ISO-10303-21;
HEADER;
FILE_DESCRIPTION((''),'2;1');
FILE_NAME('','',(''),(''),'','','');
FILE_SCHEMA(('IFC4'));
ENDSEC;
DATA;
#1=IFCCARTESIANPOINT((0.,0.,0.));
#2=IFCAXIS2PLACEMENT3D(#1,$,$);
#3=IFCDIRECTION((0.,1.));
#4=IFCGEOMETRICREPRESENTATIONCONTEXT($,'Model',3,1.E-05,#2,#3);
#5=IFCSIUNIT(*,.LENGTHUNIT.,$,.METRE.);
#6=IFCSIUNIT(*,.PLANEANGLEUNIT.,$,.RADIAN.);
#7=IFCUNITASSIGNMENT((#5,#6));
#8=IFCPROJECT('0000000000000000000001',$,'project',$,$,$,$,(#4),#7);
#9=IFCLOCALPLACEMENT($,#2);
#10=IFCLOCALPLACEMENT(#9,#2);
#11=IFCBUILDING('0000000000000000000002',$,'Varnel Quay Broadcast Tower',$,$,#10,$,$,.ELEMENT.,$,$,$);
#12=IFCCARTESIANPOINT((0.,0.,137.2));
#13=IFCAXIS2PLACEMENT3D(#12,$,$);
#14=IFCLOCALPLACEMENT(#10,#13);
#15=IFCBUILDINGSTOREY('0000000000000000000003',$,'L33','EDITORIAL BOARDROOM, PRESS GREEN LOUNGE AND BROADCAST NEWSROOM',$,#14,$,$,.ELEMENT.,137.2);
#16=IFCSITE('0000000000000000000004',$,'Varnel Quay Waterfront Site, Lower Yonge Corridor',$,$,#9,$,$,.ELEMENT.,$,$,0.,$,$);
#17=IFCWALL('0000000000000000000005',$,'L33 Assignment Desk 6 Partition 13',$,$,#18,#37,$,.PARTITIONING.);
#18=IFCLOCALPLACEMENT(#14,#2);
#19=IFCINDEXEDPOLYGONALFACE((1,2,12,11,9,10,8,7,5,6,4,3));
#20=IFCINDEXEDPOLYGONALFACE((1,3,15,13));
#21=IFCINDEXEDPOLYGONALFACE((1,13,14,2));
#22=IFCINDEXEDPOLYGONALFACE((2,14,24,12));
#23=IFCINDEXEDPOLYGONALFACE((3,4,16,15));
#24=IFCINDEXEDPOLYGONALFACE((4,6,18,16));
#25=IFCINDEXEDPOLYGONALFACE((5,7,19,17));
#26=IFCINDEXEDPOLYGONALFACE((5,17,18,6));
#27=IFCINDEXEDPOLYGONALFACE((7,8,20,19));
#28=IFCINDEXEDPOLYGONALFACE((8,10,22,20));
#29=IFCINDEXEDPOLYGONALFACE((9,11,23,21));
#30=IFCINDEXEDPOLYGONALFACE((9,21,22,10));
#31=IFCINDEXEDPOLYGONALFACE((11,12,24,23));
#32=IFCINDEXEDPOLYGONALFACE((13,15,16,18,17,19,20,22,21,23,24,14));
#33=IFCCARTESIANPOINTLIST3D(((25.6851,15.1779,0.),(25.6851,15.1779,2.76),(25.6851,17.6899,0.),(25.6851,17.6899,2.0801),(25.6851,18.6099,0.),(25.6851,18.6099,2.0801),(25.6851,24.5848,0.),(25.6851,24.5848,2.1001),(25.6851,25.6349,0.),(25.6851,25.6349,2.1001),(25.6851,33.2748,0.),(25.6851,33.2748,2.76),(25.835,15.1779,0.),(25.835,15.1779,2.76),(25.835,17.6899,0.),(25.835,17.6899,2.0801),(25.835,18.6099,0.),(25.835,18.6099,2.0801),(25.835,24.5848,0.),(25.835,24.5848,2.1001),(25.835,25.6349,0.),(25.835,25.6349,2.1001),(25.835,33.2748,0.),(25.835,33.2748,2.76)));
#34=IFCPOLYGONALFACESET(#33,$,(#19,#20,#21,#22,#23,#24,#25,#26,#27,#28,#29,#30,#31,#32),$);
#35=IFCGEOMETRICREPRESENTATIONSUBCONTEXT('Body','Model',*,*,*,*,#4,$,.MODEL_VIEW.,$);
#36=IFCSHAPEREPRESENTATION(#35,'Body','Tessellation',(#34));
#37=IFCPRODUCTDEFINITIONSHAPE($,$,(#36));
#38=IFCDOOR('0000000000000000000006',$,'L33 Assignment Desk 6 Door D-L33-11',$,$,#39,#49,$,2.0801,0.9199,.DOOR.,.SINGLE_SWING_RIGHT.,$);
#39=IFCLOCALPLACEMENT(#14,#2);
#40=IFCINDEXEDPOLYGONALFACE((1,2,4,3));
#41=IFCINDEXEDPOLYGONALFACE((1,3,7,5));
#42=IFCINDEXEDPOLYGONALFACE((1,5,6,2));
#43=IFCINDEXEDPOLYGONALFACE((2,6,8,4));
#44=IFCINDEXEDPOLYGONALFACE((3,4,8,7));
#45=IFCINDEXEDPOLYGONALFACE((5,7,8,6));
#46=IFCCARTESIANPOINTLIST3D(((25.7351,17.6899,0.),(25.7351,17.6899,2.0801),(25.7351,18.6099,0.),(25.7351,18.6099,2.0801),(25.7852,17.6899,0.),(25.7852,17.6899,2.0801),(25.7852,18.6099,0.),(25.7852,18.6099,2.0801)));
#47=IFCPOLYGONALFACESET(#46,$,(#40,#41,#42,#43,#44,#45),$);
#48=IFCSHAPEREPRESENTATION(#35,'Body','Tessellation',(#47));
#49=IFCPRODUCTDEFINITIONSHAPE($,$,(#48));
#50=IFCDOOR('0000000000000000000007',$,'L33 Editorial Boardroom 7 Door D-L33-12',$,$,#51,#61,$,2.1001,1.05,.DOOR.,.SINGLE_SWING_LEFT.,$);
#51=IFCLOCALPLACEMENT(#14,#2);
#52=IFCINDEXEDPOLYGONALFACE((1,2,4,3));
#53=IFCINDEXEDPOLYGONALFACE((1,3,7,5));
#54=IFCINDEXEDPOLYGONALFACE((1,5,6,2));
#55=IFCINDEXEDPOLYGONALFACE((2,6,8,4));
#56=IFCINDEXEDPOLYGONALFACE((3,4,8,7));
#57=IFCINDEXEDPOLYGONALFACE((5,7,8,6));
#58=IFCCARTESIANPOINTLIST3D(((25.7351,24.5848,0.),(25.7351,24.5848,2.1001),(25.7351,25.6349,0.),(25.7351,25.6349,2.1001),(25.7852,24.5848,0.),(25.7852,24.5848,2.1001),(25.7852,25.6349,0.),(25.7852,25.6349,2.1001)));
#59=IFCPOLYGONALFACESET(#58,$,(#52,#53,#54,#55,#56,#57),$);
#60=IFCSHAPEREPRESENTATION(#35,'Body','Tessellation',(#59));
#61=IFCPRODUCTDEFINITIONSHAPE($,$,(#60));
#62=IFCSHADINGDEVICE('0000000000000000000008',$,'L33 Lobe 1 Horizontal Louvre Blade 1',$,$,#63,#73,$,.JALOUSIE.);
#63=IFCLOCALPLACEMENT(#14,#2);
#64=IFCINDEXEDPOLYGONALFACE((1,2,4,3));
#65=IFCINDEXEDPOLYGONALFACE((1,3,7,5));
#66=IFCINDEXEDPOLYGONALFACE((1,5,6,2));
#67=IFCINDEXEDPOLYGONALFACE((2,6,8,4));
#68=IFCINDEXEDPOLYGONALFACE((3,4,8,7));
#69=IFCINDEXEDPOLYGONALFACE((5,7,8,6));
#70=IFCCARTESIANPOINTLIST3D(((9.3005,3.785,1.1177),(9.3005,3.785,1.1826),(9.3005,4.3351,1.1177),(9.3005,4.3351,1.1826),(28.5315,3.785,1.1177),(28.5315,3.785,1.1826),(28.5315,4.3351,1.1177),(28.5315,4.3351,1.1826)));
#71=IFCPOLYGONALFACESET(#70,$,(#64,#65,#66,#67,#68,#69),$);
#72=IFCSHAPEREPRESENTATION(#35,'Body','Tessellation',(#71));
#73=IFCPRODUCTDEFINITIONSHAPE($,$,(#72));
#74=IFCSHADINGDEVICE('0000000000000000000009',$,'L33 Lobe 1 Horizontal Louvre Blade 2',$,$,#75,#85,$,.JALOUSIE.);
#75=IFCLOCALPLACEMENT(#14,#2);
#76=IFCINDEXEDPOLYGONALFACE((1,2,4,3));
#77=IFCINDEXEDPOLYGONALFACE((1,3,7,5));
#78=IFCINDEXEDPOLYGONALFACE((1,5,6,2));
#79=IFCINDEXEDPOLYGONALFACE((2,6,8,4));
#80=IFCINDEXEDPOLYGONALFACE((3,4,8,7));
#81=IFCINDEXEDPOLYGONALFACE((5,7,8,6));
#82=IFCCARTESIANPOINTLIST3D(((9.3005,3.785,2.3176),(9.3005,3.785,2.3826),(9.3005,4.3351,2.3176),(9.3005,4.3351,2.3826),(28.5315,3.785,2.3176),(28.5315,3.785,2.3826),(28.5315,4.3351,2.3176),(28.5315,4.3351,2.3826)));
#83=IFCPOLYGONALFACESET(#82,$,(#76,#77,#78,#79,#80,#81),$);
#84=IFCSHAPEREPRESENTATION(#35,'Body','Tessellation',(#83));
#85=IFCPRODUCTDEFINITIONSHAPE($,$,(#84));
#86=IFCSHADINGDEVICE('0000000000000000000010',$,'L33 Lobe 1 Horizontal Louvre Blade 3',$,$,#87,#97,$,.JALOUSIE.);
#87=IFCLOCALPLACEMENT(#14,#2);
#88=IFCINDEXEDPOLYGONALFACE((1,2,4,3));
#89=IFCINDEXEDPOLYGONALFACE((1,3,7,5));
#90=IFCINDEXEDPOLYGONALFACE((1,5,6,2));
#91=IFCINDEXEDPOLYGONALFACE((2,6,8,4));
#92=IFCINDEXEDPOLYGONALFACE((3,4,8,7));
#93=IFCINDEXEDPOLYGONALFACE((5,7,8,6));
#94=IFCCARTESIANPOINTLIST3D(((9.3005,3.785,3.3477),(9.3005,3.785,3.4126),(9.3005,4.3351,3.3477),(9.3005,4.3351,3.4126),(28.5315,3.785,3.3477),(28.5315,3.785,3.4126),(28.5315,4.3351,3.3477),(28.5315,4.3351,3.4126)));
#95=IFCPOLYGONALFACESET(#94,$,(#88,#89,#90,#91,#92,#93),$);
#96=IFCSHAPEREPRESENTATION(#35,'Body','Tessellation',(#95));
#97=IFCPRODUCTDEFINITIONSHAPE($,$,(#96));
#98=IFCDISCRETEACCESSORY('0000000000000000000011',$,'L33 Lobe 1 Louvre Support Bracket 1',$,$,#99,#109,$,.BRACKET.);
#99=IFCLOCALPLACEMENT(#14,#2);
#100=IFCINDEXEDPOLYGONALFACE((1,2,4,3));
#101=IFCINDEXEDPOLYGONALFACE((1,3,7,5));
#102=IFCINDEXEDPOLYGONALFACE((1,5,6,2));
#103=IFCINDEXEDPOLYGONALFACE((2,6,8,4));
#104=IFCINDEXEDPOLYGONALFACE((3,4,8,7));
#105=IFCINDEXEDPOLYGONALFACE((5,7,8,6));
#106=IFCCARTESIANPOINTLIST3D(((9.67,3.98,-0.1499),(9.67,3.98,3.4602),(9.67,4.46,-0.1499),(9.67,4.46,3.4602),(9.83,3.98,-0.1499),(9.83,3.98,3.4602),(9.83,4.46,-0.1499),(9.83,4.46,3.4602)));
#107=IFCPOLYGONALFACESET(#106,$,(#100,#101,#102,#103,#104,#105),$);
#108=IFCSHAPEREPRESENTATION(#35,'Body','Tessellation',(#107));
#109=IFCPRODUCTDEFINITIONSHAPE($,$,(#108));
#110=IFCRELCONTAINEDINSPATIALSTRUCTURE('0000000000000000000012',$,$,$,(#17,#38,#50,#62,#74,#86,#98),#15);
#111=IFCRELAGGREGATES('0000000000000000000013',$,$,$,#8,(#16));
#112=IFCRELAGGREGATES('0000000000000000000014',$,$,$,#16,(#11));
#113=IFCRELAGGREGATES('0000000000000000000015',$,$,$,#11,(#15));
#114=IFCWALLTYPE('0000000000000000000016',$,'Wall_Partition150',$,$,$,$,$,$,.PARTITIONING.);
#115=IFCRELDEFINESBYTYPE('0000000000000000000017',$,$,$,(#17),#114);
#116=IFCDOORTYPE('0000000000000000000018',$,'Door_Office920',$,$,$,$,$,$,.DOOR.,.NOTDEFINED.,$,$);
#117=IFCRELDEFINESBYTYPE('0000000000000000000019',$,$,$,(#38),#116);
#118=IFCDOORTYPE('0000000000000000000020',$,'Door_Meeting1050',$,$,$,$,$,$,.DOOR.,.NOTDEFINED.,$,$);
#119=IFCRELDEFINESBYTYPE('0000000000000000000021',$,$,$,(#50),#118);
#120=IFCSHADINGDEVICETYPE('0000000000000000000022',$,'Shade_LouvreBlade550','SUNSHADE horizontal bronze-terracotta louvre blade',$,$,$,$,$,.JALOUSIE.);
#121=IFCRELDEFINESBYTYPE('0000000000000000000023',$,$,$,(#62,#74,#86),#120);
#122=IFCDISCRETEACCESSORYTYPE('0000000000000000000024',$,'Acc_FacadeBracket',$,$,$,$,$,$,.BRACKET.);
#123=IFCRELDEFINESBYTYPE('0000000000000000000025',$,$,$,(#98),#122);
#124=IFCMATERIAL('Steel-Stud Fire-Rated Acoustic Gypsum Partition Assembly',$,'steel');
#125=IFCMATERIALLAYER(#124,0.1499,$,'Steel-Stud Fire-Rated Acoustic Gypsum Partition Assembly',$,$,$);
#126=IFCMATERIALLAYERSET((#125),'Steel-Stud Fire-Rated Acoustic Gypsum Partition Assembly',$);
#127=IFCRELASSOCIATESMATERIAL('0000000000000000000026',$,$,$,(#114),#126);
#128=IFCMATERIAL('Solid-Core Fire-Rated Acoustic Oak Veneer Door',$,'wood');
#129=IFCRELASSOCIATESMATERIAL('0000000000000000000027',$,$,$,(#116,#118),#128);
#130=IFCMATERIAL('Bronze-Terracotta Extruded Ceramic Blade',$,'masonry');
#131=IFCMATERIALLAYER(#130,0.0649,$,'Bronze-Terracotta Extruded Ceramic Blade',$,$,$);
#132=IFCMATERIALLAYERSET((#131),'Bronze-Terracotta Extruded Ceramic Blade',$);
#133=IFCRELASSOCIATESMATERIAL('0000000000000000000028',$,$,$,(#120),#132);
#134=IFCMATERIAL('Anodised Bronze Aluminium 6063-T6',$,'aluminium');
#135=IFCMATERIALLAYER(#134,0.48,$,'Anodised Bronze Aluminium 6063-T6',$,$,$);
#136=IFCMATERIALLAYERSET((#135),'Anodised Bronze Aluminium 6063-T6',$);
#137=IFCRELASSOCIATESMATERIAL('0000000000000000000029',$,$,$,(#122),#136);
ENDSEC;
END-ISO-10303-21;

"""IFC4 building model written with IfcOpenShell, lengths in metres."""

from ifc_helpers import new_model, si_unit, direction, frame, frame_2d, origin, origin_2d, place, context, subcontext, project, spatial, rectangle, extrude, source, transform, mapped, material, layer, layer_set, type_object, type_shapes, element, fill, save


model = new_model("IFC4")

# Units and contexts
model_context = context("Model", 3, precision=1e-05, world=origin(), true_north=direction((0.0, 1.0)))
body_context = subcontext(model_context, "Body", "Model", "MODEL_VIEW")
ifc_project = project(units=[si_unit("LENGTHUNIT", "METRE"), si_unit("PLANEANGLEUNIT", "RADIAN")], contexts=[model_context])

# Site, building, storey
site_placement = place(None, origin())
site = spatial("IfcSite", under=ifc_project, at=site_placement, Name="Varnel Quay Waterfront Site, Lower Yonge Corridor", CompositionType="ELEMENT", RefElevation=0.0)
building_placement = place(site_placement, origin())
building = spatial("IfcBuilding", under=site, at=building_placement, Name="Varnel Quay Broadcast Tower", CompositionType="ELEMENT")
storey_placement = place(building_placement, frame((0.0, 0.0, 137.2)))
storey = spatial("IfcBuildingStorey", under=building, at=storey_placement, Name="L33", Description="EDITORIAL BOARDROOM, PRESS GREEN LOUNGE AND BROADCAST NEWSROOM", CompositionType="ELEMENT", Elevation=137.2)

# Shared definitions
ifc_material_1 = material(Name="Anodised Bronze Aluminium 6063-T6", Category="aluminium")

# Wall, openings, doors
ifc_material_2 = material(Name="Steel-Stud Fire-Rated Acoustic Gypsum Partition Assembly", Category="steel")
ifc_layer_1 = layer(ifc_material_2, 0.1499, Name="Steel-Stud Fire-Rated Acoustic Gypsum Partition Assembly")
ifc_layer_set_1 = layer_set([ifc_layer_1], Name="Steel-Stud Fire-Rated Acoustic Gypsum Partition Assembly")
wall_type_1 = type_object("IfcWallType", Name="Wall_Partition150", PredefinedType="PARTITIONING", material=ifc_layer_set_1)
wall_1_placement = place(storey_placement, frame((25.76, 15.178, 0.0), z_axis=(0.0, 0.0, 1.0), x_axis=(0.0, 1.0, 0.0)))
wall_1 = element("IfcWall", 1, at=wall_1_placement, inside=storey, type_object=wall_type_1, Name="L33 Assignment Desk 6 Partition 13", PredefinedType="PARTITIONING", context=body_context, shape_type="SweptSolid", body=[
    extrude(rectangle(XDim=18.0969, YDim=0.1499, at=frame_2d((9.0483, 0.0))), origin(), (0.0, 0.0, 1.0), 2.76),
])
opening_1_placement = place(wall_1_placement, frame((2.512, 0.0, 0.0)))
opening_1 = element("IfcOpeningElement", 2, at=opening_1_placement, cuts=wall_1, PredefinedType="OPENING", context=body_context, shape_type="SweptSolid", body=[
    extrude(rectangle(XDim=0.9199, YDim=2.0801, at=frame_2d((0.46, 1.04))), frame((0.0, 0.085, 0.0), z_axis=(0.0, -1.0, 0.0), x_axis=(1.0, 0.0, 0.0)), (0.0, 0.0, 1.0), 0.1699),
])
opening_2_placement = place(wall_1_placement, frame((9.407, 0.0, 0.0)))
opening_2 = element("IfcOpeningElement", 3, at=opening_2_placement, cuts=wall_1, PredefinedType="OPENING", context=body_context, shape_type="SweptSolid", body=[
    extrude(rectangle(XDim=1.05, YDim=2.1001, at=frame_2d((0.5249, 1.05))), frame((0.0, 0.085, 0.0), z_axis=(0.0, -1.0, 0.0), x_axis=(1.0, 0.0, 0.0)), (0.0, 0.0, 1.0), 0.1699),
])
ifc_material_3 = material(Name="Solid-Core Fire-Rated Acoustic Oak Veneer Door", Category="wood")
door_type_1 = type_object("IfcDoorType", Name="Door_Office920", OperationType="NOTDEFINED", PredefinedType="DOOR", material=ifc_material_3)
shared_shape_1 = source(origin(), body_context, "Body", "SweptSolid", [
    extrude(rectangle(XDim=0.9199, YDim=2.0801, at=frame_2d((0.46, 1.04))), frame((0.0, 0.0249, 0.0), z_axis=(0.0, -1.0, 0.0), x_axis=(1.0, 0.0, 0.0)), (0.0, 0.0, 1.0), 0.05),
])
type_shapes(door_type_1, [shared_shape_1])
door_1_placement = place(opening_1_placement, origin())
door_1 = element("IfcDoor", 4, at=door_1_placement, inside=storey, type_object=door_type_1, Name="L33 Assignment Desk 6 Door D-L33-11", OperationType="SINGLE_SWING_RIGHT", OverallHeight=2.0801, OverallWidth=0.9199, PredefinedType="DOOR", context=body_context, shape_type="MappedRepresentation", body=[
    mapped(shared_shape_1, transform((0.0, 0.0, 0.0), x_axis=(1.0, 0.0, 0.0), y_axis=(0.0, 1.0, 0.0), z_axis=(0.0, 0.0, 1.0), scale=1.0)),
])
fill(opening_1, door_1)
door_type_2 = type_object("IfcDoorType", Name="Door_Meeting1050", OperationType="NOTDEFINED", PredefinedType="DOOR", material=ifc_material_3)
shared_shape_2 = source(origin(), body_context, "Body", "SweptSolid", [
    extrude(rectangle(XDim=1.05, YDim=2.1001, at=frame_2d((0.5249, 1.05))), frame((0.0, 0.0249, 0.0), z_axis=(0.0, -1.0, 0.0), x_axis=(1.0, 0.0, 0.0)), (0.0, 0.0, 1.0), 0.05),
])
type_shapes(door_type_2, [shared_shape_2])
door_2_placement = place(opening_2_placement, origin())
door_2 = element("IfcDoor", 5, at=door_2_placement, inside=storey, type_object=door_type_2, Name="L33 Editorial Boardroom 7 Door D-L33-12", OperationType="SINGLE_SWING_LEFT", OverallHeight=2.1001, OverallWidth=1.05, PredefinedType="DOOR", context=body_context, shape_type="MappedRepresentation", body=[
    mapped(shared_shape_2, transform((0.0, 0.0, 0.0), x_axis=(1.0, 0.0, 0.0), y_axis=(0.0, 1.0, 0.0), z_axis=(0.0, 0.0, 1.0), scale=1.0)),
])
fill(opening_2, door_2)

# Shading devices
ifc_material_4 = material(Name="Bronze-Terracotta Extruded Ceramic Blade", Category="masonry")
ifc_layer_2 = layer(ifc_material_4, 0.0649, Name="Bronze-Terracotta Extruded Ceramic Blade")
ifc_layer_set_2 = layer_set([ifc_layer_2], Name="Bronze-Terracotta Extruded Ceramic Blade")
shading_device_type = type_object("IfcShadingDeviceType", Name="Shade_LouvreBlade550", Description="SUNSHADE horizontal bronze-terracotta louvre blade", PredefinedType="JALOUSIE", material=ifc_layer_set_2)
shared_shape_3 = source(origin(), body_context, "Body", "SweptSolid", [
    extrude(rectangle(XDim=19.231, YDim=0.55, at=origin_2d()), origin(), (0.0, 0.0, 1.0), 0.0649),
])
type_shapes(shading_device_type, [shared_shape_3])
for number, where, z_axis, x_axis, name in (
    (6, (18.916, 4.0601, 1.1177), (0.0, 0.0, 1.0), (1.0, 0.0, 0.0), "L33 Lobe 1 Horizontal Louvre Blade 1"),
    (7, (18.916, 4.0601, 2.3176), (0.0, 0.0, 1.0), (1.0, 0.0, 0.0), "L33 Lobe 1 Horizontal Louvre Blade 2"),
    (8, (18.916, 4.0601, 3.3477), (0.0, 0.0, 1.0), (1.0, 0.0, 0.0), "L33 Lobe 1 Horizontal Louvre Blade 3"),
):
    element("IfcShadingDevice", number, at=place(storey_placement, frame(where, z_axis=z_axis, x_axis=x_axis)), inside=storey, type_object=shading_device_type, Name=name, PredefinedType="JALOUSIE", context=body_context, shape_type="MappedRepresentation", body=[
        mapped(shared_shape_3, transform((0.0, 0.0, 0.0), x_axis=(1.0, 0.0, 0.0), y_axis=(0.0, 1.0, 0.0), z_axis=(0.0, 0.0, 1.0), scale=1.0)),
    ])

# Discrete accessory
ifc_layer_3 = layer(ifc_material_1, 0.48, Name="Anodised Bronze Aluminium 6063-T6")
ifc_layer_set_3 = layer_set([ifc_layer_3], Name="Anodised Bronze Aluminium 6063-T6")
discrete_accessory_type = type_object("IfcDiscreteAccessoryType", Name="Acc_FacadeBracket", PredefinedType="BRACKET", material=ifc_layer_set_3)
shared_shape_4 = source(origin(), body_context, "Body", "SweptSolid", [
    extrude(rectangle(XDim=0.1599, YDim=0.48, at=origin_2d()), origin(), (0.0, 0.0, 1.0), 3.6101),
])
type_shapes(discrete_accessory_type, [shared_shape_4])
discrete_accessory_placement = place(storey_placement, frame((9.75, 4.22, -0.1499), z_axis=(0.0, 0.0, 1.0), x_axis=(1.0, 0.0, 0.0)))
element("IfcDiscreteAccessory", 9, at=discrete_accessory_placement, inside=storey, type_object=discrete_accessory_type, Name="L33 Lobe 1 Louvre Support Bracket 1", PredefinedType="BRACKET", context=body_context, shape_type="MappedRepresentation", body=[
    mapped(shared_shape_4, transform((0.0, 0.0, 0.0), x_axis=(1.0, 0.0, 0.0), y_axis=(0.0, 1.0, 0.0), z_axis=(0.0, 0.0, 1.0), scale=1.0)),
])

save(model, "model.ifc")
